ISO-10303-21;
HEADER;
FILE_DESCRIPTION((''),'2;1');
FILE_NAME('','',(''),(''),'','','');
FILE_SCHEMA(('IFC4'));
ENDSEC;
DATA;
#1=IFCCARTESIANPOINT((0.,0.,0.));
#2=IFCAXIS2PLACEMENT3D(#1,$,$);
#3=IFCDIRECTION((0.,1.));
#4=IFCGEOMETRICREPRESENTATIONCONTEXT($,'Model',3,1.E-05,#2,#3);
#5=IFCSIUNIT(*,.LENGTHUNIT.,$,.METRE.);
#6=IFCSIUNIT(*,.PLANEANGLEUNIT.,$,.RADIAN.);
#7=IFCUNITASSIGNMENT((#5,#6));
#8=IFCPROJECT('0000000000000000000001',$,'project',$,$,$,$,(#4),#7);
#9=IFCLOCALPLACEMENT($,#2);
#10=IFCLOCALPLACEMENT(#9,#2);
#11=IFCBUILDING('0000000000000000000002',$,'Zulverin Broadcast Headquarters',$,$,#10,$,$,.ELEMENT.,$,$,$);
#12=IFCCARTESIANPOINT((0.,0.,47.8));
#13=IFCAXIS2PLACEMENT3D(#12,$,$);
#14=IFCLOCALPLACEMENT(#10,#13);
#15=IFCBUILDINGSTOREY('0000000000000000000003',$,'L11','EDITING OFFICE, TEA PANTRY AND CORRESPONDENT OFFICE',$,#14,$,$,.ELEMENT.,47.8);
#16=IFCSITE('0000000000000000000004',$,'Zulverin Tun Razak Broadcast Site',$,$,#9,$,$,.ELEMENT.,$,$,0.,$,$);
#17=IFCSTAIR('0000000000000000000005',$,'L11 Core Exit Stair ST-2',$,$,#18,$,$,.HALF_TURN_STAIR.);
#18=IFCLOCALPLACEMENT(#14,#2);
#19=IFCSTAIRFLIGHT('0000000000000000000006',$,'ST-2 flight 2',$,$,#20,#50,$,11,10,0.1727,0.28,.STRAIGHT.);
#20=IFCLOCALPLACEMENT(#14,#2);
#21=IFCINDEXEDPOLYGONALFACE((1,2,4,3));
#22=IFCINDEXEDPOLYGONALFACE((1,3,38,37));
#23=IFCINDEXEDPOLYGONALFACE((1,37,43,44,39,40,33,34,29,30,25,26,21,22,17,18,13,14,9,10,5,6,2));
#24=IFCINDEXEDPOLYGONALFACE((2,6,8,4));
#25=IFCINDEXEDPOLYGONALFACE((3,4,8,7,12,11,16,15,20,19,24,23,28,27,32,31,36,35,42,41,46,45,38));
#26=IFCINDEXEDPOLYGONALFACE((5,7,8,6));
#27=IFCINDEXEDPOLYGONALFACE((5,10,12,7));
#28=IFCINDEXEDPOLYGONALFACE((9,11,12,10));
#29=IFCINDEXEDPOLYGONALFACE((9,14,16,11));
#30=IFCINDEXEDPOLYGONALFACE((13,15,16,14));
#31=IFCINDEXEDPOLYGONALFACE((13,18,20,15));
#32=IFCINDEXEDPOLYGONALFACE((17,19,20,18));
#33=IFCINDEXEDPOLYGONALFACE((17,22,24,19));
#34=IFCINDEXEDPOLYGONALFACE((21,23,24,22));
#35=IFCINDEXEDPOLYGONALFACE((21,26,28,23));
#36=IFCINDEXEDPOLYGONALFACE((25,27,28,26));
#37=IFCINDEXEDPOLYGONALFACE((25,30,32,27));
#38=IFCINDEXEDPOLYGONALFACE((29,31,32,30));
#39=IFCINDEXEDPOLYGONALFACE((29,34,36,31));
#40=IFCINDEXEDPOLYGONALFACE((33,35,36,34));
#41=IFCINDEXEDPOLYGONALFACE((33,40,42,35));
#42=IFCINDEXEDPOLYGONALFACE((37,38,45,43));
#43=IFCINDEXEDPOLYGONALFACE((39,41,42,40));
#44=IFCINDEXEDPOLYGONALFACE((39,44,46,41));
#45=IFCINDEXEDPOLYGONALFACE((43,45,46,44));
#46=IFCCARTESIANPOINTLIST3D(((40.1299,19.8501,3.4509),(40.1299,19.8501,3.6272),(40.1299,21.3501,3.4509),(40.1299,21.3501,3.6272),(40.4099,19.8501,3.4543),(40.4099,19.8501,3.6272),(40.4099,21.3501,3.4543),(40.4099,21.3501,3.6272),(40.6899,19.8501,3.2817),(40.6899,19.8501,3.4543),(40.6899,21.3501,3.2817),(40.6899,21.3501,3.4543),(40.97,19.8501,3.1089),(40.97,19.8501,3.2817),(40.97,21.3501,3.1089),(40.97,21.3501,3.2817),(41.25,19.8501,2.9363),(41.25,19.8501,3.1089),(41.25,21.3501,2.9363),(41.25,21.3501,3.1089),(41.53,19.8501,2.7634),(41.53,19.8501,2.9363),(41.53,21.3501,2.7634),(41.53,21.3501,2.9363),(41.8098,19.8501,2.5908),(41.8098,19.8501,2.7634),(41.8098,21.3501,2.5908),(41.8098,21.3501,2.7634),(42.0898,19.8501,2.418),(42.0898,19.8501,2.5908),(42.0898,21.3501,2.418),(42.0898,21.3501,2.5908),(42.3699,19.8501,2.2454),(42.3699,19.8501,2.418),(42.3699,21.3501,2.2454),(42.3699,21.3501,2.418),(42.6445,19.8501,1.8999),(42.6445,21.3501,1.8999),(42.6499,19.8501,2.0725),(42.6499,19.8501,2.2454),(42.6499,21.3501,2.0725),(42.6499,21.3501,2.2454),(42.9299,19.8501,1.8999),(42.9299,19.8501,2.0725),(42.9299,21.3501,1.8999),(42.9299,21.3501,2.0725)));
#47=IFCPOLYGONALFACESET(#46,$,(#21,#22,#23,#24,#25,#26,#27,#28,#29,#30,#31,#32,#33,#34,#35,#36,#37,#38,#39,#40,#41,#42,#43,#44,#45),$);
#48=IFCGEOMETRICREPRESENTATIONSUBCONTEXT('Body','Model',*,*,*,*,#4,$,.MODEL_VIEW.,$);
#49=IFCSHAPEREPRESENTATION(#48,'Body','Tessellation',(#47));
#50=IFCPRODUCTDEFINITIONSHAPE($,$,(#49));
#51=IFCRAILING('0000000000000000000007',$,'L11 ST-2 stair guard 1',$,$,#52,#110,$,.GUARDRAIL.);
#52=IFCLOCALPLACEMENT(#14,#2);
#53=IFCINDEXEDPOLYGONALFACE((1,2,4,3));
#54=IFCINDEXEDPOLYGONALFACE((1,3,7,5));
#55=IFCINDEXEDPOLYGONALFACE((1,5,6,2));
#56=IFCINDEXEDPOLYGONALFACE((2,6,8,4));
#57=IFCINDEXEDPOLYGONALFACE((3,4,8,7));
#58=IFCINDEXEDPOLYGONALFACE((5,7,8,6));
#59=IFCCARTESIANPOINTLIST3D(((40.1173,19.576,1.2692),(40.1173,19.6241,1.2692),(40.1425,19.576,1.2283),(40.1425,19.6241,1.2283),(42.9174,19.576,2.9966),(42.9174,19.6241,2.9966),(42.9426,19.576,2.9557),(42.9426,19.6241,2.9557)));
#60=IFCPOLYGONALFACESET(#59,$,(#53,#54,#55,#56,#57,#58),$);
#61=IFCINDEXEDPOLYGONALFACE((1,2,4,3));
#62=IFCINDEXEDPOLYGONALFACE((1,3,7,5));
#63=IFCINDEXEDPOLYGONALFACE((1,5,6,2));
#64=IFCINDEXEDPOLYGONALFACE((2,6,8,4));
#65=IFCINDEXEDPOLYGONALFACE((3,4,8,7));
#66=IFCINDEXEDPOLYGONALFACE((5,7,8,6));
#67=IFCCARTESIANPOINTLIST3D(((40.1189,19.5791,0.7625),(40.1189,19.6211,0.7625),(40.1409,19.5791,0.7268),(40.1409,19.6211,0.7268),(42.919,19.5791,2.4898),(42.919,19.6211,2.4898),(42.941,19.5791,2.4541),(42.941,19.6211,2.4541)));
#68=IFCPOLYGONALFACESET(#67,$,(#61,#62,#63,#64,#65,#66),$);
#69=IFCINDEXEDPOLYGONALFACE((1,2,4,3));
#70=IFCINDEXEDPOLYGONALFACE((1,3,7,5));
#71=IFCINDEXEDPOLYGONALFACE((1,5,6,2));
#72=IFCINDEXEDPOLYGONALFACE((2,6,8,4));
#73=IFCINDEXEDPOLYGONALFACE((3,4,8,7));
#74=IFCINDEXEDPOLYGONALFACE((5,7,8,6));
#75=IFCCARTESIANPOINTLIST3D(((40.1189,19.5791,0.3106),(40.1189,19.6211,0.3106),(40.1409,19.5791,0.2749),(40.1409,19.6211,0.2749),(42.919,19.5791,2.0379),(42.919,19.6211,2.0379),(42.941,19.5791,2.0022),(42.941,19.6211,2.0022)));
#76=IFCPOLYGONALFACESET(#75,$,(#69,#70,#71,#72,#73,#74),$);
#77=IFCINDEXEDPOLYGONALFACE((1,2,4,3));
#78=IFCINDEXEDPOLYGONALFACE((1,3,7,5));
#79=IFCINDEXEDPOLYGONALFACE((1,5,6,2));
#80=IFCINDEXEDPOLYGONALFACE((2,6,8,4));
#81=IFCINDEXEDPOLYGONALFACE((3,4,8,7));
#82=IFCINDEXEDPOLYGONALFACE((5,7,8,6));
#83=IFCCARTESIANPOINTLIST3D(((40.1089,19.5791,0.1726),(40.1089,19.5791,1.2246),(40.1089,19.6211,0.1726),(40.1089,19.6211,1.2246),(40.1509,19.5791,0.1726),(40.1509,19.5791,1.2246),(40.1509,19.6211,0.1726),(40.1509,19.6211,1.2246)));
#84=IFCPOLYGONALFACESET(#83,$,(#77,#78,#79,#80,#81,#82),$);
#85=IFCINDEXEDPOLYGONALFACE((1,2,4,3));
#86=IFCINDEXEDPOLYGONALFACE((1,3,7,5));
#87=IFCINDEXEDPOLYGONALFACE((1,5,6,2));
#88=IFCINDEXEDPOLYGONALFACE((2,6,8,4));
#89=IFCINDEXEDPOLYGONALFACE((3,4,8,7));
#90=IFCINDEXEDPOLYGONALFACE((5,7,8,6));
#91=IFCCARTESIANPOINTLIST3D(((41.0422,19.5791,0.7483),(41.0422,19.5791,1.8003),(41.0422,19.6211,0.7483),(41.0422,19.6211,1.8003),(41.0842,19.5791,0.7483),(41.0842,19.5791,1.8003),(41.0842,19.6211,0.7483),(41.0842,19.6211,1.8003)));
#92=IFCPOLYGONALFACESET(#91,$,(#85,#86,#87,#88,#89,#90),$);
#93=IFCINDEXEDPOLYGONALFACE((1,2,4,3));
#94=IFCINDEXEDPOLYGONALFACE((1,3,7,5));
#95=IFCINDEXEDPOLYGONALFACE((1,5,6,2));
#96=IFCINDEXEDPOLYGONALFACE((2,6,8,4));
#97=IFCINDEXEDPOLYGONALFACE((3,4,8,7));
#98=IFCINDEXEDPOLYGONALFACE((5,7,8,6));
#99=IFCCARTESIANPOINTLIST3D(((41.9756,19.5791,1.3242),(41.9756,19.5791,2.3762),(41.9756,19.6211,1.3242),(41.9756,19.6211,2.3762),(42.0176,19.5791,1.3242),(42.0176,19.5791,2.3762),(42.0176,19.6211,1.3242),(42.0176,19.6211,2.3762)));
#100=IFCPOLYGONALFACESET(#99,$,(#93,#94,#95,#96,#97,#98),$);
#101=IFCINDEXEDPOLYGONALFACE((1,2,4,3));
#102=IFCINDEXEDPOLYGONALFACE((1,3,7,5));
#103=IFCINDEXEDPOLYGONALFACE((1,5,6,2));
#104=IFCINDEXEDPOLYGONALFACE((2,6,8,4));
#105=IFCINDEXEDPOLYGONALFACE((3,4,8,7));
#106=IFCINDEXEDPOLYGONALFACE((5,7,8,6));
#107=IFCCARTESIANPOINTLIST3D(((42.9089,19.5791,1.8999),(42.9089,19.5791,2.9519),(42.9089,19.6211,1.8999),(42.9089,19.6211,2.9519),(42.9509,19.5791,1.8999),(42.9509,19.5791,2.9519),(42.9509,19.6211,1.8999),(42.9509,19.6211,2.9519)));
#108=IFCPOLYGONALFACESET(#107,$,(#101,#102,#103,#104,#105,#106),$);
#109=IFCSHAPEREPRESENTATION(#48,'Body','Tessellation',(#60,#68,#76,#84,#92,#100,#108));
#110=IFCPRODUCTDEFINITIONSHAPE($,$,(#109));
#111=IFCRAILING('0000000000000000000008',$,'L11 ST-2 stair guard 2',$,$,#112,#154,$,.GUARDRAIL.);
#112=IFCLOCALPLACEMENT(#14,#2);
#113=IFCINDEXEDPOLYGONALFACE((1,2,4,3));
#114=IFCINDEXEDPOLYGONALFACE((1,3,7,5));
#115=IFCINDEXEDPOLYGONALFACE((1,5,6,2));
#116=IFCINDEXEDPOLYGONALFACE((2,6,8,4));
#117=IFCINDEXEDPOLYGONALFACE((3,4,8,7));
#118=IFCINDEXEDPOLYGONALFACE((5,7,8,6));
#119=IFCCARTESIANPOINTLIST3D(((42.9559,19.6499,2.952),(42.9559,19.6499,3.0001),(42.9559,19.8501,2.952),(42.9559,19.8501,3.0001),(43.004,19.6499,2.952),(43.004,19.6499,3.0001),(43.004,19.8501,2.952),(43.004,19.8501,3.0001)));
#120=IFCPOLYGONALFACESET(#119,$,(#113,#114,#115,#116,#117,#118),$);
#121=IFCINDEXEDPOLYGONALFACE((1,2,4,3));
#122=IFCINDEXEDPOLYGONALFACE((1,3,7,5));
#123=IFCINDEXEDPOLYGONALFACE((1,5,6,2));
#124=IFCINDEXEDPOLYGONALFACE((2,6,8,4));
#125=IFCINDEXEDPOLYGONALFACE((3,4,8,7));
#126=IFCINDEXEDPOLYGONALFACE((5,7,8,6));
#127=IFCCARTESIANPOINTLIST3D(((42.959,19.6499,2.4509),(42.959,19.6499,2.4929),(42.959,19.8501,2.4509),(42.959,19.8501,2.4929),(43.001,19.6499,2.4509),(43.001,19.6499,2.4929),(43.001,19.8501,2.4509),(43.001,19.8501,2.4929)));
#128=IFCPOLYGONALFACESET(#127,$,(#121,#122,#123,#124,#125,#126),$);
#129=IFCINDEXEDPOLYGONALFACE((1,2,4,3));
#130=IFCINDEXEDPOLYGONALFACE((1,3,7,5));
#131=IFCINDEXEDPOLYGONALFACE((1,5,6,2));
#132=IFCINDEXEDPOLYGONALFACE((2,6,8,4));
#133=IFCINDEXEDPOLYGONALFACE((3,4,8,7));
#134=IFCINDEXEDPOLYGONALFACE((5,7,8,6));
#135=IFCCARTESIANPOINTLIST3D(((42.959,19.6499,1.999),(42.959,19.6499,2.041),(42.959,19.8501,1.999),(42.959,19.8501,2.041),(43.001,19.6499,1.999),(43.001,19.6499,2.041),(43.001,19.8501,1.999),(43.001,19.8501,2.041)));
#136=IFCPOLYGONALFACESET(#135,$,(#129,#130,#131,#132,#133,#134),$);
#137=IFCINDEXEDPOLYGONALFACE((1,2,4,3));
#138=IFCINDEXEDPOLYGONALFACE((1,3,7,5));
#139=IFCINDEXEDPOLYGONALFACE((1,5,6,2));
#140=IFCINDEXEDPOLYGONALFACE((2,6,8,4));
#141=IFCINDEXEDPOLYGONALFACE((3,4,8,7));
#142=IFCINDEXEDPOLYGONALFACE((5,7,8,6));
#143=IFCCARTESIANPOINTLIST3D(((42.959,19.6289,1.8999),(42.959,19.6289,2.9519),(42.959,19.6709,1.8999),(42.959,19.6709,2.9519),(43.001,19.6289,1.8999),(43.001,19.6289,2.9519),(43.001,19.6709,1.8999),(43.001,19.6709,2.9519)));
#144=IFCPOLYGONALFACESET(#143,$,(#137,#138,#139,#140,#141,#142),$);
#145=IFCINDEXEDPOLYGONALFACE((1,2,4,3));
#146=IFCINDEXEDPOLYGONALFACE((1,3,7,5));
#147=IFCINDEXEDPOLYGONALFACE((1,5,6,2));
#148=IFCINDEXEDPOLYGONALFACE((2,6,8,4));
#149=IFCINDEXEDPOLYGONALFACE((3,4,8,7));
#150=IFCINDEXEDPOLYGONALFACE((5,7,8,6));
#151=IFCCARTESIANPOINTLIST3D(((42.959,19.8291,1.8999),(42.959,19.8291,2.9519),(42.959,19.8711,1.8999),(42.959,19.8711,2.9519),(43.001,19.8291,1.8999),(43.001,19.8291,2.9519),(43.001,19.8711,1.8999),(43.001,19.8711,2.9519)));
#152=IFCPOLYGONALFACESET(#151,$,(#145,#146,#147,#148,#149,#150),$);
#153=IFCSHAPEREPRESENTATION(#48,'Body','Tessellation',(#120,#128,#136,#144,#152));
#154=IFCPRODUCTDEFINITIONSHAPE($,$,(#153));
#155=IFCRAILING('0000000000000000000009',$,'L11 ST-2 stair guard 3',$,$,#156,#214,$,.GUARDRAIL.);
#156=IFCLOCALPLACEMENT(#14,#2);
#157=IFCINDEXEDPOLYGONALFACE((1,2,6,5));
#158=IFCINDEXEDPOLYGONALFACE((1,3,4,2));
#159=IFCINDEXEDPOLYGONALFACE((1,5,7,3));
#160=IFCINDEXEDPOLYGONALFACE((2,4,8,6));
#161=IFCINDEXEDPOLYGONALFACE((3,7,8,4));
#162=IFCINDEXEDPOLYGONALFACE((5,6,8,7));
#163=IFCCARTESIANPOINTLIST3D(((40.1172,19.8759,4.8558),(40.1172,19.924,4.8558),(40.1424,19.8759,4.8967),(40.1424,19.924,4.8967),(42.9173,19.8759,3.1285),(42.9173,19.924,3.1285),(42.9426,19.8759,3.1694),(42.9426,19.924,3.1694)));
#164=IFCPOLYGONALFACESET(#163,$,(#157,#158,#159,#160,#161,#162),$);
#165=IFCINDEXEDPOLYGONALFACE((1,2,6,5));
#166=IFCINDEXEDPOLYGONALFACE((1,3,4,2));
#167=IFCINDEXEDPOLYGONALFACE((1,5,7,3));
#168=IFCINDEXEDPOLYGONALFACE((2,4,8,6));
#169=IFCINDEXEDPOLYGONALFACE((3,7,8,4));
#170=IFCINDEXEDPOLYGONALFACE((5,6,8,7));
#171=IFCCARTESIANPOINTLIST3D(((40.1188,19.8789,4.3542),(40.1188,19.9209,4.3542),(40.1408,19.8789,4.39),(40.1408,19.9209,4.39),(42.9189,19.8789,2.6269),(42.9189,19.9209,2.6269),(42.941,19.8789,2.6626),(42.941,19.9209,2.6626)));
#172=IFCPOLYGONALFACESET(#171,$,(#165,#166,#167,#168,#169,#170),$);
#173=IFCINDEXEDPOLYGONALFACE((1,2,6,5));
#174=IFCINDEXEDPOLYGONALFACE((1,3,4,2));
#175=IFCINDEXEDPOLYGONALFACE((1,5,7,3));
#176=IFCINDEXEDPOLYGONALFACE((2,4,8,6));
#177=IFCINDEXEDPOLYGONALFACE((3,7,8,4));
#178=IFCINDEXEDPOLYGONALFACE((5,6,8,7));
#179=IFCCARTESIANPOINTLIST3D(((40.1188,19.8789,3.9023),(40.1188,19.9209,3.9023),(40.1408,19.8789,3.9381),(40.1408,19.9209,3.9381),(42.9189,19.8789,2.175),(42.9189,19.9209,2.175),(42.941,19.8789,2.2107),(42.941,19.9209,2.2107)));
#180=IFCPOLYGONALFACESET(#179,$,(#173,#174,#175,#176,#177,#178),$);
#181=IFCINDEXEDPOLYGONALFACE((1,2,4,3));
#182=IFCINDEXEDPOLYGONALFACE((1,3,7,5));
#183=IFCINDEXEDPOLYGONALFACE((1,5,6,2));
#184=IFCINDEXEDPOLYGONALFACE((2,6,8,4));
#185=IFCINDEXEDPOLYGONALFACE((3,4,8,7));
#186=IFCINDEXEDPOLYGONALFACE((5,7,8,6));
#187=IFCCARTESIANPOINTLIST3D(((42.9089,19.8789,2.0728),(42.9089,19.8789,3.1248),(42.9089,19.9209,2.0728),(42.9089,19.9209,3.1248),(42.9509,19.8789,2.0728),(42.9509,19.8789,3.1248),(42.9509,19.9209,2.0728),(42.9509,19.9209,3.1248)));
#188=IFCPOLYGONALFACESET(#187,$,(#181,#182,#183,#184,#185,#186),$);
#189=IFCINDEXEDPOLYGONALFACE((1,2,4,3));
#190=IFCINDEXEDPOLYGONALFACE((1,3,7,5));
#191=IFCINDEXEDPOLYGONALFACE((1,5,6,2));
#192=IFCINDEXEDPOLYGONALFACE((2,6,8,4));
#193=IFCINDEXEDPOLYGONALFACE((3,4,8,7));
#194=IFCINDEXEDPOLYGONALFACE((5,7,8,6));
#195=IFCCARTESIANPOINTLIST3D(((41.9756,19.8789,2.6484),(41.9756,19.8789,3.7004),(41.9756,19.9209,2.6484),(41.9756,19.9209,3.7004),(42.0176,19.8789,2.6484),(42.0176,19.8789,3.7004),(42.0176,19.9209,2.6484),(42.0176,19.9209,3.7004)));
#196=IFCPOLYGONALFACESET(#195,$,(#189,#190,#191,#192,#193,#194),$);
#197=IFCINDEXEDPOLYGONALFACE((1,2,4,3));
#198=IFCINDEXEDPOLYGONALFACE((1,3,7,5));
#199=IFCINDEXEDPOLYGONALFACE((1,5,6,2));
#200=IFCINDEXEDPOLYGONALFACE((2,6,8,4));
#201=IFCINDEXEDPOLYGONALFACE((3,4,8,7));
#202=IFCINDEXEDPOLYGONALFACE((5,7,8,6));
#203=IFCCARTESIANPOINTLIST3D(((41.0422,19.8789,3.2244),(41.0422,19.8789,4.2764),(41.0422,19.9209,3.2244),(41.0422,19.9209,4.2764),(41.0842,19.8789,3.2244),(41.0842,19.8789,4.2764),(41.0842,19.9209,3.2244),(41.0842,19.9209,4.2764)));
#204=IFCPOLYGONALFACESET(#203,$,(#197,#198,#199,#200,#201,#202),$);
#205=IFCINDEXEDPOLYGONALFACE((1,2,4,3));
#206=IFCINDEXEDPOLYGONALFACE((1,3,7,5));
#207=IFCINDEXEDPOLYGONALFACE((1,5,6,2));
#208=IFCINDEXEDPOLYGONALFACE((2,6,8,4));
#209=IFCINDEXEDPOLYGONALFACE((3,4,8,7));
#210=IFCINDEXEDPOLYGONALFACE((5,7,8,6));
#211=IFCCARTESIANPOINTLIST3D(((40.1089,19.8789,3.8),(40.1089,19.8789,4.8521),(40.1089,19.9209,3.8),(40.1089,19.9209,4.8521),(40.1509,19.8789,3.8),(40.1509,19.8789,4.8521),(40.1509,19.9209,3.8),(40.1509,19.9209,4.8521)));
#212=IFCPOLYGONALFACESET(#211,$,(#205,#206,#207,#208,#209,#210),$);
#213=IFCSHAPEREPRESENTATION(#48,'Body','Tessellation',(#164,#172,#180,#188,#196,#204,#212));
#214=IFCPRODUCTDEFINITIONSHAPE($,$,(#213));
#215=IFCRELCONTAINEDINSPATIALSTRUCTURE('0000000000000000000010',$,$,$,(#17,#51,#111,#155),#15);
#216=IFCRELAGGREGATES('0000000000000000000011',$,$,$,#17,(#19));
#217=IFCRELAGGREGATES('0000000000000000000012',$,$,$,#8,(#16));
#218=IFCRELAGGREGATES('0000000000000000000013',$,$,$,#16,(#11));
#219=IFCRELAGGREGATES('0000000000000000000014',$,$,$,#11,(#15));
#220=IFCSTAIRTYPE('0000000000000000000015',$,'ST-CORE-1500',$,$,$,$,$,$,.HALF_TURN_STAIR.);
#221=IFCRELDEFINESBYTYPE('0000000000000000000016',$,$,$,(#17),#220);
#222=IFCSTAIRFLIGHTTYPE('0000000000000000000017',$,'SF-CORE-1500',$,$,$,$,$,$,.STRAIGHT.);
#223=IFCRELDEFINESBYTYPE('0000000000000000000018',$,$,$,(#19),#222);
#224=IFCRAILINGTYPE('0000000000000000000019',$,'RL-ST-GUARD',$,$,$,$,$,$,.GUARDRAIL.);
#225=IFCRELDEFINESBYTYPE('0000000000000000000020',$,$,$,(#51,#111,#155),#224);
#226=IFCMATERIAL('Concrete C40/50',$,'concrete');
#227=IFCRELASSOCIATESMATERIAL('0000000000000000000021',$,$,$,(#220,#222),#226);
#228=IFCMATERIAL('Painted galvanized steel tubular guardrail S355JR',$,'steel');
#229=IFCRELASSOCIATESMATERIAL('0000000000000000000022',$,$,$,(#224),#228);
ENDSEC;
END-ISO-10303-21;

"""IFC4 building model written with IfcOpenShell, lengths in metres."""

from ifc_helpers import new_model, si_unit, direction, frame, origin, origin_2d, place, context, subcontext, project, spatial, polyline, rectangle, outline, extrude, material, type_object, element, aggregate, save


model = new_model("IFC4")

# Units and contexts
model_context = context("Model", 3, precision=1e-05, world=origin(), true_north=direction((0.0, 1.0)))
body_context = subcontext(model_context, "Body", "Model", "MODEL_VIEW")
ifc_project = project(units=[si_unit("LENGTHUNIT", "METRE"), si_unit("PLANEANGLEUNIT", "RADIAN")], contexts=[model_context])

# Site, building, storey
site_placement = place(None, origin())
site = spatial("IfcSite", under=ifc_project, at=site_placement, Name="Zulverin Tun Razak Broadcast Site", CompositionType="ELEMENT", RefElevation=0.0)
building_placement = place(site_placement, origin())
building = spatial("IfcBuilding", under=site, at=building_placement, Name="Zulverin Broadcast Headquarters", CompositionType="ELEMENT")
storey_placement = place(building_placement, frame((0.0, 0.0, 47.8)))
storey = spatial("IfcBuildingStorey", under=building, at=storey_placement, Name="L11", Description="EDITING OFFICE, TEA PANTRY AND CORRESPONDENT OFFICE", CompositionType="ELEMENT", Elevation=47.8)

# Shared definitions
ifc_material_1 = material(Name="Concrete C40/50", Category="concrete")

# Stair, stair flight
stair_type = type_object("IfcStairType", Name="ST-CORE-1500", PredefinedType="HALF_TURN_STAIR", material=ifc_material_1)
stair_placement = place(storey_placement, origin())
stair = element("IfcStair", 1, at=stair_placement, inside=storey, type_object=stair_type, Name="L11 Core Exit Stair ST-2", PredefinedType="HALF_TURN_STAIR")
stair_flight_type = type_object("IfcStairFlightType", Name="SF-CORE-1500", PredefinedType="STRAIGHT", material=ifc_material_1)
stair_flight_1_placement = place(storey_placement, frame((42.9299, 20.6001, 1.8999), z_axis=(0.0, 0.0, 1.0), x_axis=(-1.0, 0.0, 0.0)))
stair_flight_1 = element("IfcStairFlight", 2, at=stair_flight_1_placement, type_object=stair_flight_type, Name="ST-2 flight 2", NumberOfRisers=11, NumberOfTreads=10, PredefinedType="STRAIGHT", RiserHeight=0.1727, TreadLength=0.28, context=body_context, shape_type="SweptSolid", body=[
    extrude(outline(polyline([(0.0, 0.0), (0.0, 0.1726), (0.28, 0.1726), (0.28, 0.3455), (0.5601, 0.3455), (0.5601, 0.5181), (0.8401, 0.5181), (0.8401, 0.6909), (1.1201, 0.6909), (1.1201, 0.8635), (1.3999, 0.8635), (1.3999, 1.0364), (1.6799, 1.0364), (1.6799, 1.209), (1.96, 1.209), (1.96, 1.3818), (2.24, 1.3818), (2.24, 1.5544), (2.52, 1.5544), (2.52, 1.7273), (2.8, 1.7273), (2.8, 1.8999), (2.8, 1.551), (0.2854, 0.0), (0.0, 0.0)])), frame((0.0, 0.75, 0.0), z_axis=(0.0, -1.0, 0.0), x_axis=(1.0, 0.0, 0.0)), (0.0, 0.0, 1.0), 1.5),
])
aggregate(stair, [stair_flight_1])

# Railings
ifc_material_2 = material(Name="Painted galvanized steel tubular guardrail S355JR", Category="steel")
railing_type_1 = type_object("IfcRailingType", Name="RL-ST-GUARD", PredefinedType="GUARDRAIL", material=ifc_material_2)
railing_1_placement = place(storey_placement, frame((40.1299, 19.6001, 0.1726)))
element("IfcRailing", 3, at=railing_1_placement, inside=storey, type_object=railing_type_1, Name="L11 ST-2 stair guard 1", PredefinedType="GUARDRAIL", context=body_context, shape_type="SweptSolid", body=[
    extrude(rectangle(XDim=0.0481, YDim=0.0481, at=origin_2d()), frame((0.0, 0.0, 1.0762), z_axis=(0.85109, 0.0, 0.52502), x_axis=(0.0, 1.0, 0.0)), (0.0, 0.0, 1.0), 3.29),
    extrude(rectangle(XDim=0.042, YDim=0.042, at=origin_2d()), frame((0.0, 0.0, 0.572), z_axis=(0.85109, 0.0, 0.52502), x_axis=(0.0, 1.0, 0.0)), (0.0, 0.0, 1.0), 3.29),
    extrude(rectangle(XDim=0.042, YDim=0.042, at=origin_2d()), frame((0.0, 0.0, 0.1201), z_axis=(0.85109, 0.0, 0.52502), x_axis=(0.0, 1.0, 0.0)), (0.0, 0.0, 1.0), 3.29),
    extrude(rectangle(XDim=0.042, YDim=0.042, at=origin_2d()), origin(), (0.0, 0.0, 1.0), 1.052),
    extrude(rectangle(XDim=0.042, YDim=0.042, at=origin_2d()), frame((0.9333, 0.0, 0.5757)), (0.0, 0.0, 1.0), 1.052),
    extrude(rectangle(XDim=0.042, YDim=0.042, at=origin_2d()), frame((1.8667, 0.0, 1.1516)), (0.0, 0.0, 1.0), 1.052),
    extrude(rectangle(XDim=0.042, YDim=0.042, at=origin_2d()), frame((2.8, 0.0, 1.7273)), (0.0, 0.0, 1.0), 1.052),
])
railing_2_placement = place(storey_placement, frame((42.98, 19.6499, 1.8999)))
element("IfcRailing", 4, at=railing_2_placement, inside=storey, type_object=railing_type_1, Name="L11 ST-2 stair guard 2", PredefinedType="GUARDRAIL", context=body_context, shape_type="SweptSolid", body=[
    extrude(rectangle(XDim=0.0481, YDim=0.0481, at=origin_2d()), frame((0.0, 0.0, 1.0762), z_axis=(0.0, 1.0, 0.0), x_axis=(-1.0, 0.0, 0.0)), (0.0, 0.0, 1.0), 0.2002),
    extrude(rectangle(XDim=0.042, YDim=0.042, at=origin_2d()), frame((0.0, 0.0, 0.572), z_axis=(0.0, 1.0, 0.0), x_axis=(-1.0, 0.0, 0.0)), (0.0, 0.0, 1.0), 0.2002),
    extrude(rectangle(XDim=0.042, YDim=0.042, at=origin_2d()), frame((0.0, 0.0, 0.1201), z_axis=(0.0, 1.0, 0.0), x_axis=(-1.0, 0.0, 0.0)), (0.0, 0.0, 1.0), 0.2002),
    extrude(rectangle(XDim=0.042, YDim=0.042, at=origin_2d()), origin(), (0.0, 0.0, 1.0), 1.052),
    extrude(rectangle(XDim=0.042, YDim=0.042, at=origin_2d()), frame((0.0, 0.2002, 0.0)), (0.0, 0.0, 1.0), 1.052),
])
railing_3_placement = place(storey_placement, frame((42.9299, 19.8999, 2.0728)))
element("IfcRailing", 5, at=railing_3_placement, inside=storey, type_object=railing_type_1, Name="L11 ST-2 stair guard 3", PredefinedType="GUARDRAIL", context=body_context, shape_type="SweptSolid", body=[
    extrude(rectangle(XDim=0.0481, YDim=0.0481, at=origin_2d()), frame((0.0, 0.0, 1.0762), z_axis=(-0.85109, 0.0, 0.52502), x_axis=(0.0, -1.0, 0.0)), (0.0, 0.0, 1.0), 3.29),
    extrude(rectangle(XDim=0.042, YDim=0.042, at=origin_2d()), frame((0.0, 0.0, 0.572), z_axis=(-0.85109, 0.0, 0.52502), x_axis=(0.0, -1.0, 0.0)), (0.0, 0.0, 1.0), 3.29),
    extrude(rectangle(XDim=0.042, YDim=0.042, at=origin_2d()), frame((0.0, 0.0, 0.1201), z_axis=(-0.85109, 0.0, 0.52502), x_axis=(0.0, -1.0, 0.0)), (0.0, 0.0, 1.0), 3.29),
    extrude(rectangle(XDim=0.042, YDim=0.042, at=origin_2d()), origin(), (0.0, 0.0, 1.0), 1.052),
    extrude(rectangle(XDim=0.042, YDim=0.042, at=origin_2d()), frame((-0.9333, 0.0, 0.5757)), (0.0, 0.0, 1.0), 1.052),
    extrude(rectangle(XDim=0.042, YDim=0.042, at=origin_2d()), frame((-1.8667, 0.0, 1.1516)), (0.0, 0.0, 1.0), 1.052),
    extrude(rectangle(XDim=0.042, YDim=0.042, at=origin_2d()), frame((-2.8, 0.0, 1.7273)), (0.0, 0.0, 1.0), 1.052),
])

save(model, "model.ifc")
